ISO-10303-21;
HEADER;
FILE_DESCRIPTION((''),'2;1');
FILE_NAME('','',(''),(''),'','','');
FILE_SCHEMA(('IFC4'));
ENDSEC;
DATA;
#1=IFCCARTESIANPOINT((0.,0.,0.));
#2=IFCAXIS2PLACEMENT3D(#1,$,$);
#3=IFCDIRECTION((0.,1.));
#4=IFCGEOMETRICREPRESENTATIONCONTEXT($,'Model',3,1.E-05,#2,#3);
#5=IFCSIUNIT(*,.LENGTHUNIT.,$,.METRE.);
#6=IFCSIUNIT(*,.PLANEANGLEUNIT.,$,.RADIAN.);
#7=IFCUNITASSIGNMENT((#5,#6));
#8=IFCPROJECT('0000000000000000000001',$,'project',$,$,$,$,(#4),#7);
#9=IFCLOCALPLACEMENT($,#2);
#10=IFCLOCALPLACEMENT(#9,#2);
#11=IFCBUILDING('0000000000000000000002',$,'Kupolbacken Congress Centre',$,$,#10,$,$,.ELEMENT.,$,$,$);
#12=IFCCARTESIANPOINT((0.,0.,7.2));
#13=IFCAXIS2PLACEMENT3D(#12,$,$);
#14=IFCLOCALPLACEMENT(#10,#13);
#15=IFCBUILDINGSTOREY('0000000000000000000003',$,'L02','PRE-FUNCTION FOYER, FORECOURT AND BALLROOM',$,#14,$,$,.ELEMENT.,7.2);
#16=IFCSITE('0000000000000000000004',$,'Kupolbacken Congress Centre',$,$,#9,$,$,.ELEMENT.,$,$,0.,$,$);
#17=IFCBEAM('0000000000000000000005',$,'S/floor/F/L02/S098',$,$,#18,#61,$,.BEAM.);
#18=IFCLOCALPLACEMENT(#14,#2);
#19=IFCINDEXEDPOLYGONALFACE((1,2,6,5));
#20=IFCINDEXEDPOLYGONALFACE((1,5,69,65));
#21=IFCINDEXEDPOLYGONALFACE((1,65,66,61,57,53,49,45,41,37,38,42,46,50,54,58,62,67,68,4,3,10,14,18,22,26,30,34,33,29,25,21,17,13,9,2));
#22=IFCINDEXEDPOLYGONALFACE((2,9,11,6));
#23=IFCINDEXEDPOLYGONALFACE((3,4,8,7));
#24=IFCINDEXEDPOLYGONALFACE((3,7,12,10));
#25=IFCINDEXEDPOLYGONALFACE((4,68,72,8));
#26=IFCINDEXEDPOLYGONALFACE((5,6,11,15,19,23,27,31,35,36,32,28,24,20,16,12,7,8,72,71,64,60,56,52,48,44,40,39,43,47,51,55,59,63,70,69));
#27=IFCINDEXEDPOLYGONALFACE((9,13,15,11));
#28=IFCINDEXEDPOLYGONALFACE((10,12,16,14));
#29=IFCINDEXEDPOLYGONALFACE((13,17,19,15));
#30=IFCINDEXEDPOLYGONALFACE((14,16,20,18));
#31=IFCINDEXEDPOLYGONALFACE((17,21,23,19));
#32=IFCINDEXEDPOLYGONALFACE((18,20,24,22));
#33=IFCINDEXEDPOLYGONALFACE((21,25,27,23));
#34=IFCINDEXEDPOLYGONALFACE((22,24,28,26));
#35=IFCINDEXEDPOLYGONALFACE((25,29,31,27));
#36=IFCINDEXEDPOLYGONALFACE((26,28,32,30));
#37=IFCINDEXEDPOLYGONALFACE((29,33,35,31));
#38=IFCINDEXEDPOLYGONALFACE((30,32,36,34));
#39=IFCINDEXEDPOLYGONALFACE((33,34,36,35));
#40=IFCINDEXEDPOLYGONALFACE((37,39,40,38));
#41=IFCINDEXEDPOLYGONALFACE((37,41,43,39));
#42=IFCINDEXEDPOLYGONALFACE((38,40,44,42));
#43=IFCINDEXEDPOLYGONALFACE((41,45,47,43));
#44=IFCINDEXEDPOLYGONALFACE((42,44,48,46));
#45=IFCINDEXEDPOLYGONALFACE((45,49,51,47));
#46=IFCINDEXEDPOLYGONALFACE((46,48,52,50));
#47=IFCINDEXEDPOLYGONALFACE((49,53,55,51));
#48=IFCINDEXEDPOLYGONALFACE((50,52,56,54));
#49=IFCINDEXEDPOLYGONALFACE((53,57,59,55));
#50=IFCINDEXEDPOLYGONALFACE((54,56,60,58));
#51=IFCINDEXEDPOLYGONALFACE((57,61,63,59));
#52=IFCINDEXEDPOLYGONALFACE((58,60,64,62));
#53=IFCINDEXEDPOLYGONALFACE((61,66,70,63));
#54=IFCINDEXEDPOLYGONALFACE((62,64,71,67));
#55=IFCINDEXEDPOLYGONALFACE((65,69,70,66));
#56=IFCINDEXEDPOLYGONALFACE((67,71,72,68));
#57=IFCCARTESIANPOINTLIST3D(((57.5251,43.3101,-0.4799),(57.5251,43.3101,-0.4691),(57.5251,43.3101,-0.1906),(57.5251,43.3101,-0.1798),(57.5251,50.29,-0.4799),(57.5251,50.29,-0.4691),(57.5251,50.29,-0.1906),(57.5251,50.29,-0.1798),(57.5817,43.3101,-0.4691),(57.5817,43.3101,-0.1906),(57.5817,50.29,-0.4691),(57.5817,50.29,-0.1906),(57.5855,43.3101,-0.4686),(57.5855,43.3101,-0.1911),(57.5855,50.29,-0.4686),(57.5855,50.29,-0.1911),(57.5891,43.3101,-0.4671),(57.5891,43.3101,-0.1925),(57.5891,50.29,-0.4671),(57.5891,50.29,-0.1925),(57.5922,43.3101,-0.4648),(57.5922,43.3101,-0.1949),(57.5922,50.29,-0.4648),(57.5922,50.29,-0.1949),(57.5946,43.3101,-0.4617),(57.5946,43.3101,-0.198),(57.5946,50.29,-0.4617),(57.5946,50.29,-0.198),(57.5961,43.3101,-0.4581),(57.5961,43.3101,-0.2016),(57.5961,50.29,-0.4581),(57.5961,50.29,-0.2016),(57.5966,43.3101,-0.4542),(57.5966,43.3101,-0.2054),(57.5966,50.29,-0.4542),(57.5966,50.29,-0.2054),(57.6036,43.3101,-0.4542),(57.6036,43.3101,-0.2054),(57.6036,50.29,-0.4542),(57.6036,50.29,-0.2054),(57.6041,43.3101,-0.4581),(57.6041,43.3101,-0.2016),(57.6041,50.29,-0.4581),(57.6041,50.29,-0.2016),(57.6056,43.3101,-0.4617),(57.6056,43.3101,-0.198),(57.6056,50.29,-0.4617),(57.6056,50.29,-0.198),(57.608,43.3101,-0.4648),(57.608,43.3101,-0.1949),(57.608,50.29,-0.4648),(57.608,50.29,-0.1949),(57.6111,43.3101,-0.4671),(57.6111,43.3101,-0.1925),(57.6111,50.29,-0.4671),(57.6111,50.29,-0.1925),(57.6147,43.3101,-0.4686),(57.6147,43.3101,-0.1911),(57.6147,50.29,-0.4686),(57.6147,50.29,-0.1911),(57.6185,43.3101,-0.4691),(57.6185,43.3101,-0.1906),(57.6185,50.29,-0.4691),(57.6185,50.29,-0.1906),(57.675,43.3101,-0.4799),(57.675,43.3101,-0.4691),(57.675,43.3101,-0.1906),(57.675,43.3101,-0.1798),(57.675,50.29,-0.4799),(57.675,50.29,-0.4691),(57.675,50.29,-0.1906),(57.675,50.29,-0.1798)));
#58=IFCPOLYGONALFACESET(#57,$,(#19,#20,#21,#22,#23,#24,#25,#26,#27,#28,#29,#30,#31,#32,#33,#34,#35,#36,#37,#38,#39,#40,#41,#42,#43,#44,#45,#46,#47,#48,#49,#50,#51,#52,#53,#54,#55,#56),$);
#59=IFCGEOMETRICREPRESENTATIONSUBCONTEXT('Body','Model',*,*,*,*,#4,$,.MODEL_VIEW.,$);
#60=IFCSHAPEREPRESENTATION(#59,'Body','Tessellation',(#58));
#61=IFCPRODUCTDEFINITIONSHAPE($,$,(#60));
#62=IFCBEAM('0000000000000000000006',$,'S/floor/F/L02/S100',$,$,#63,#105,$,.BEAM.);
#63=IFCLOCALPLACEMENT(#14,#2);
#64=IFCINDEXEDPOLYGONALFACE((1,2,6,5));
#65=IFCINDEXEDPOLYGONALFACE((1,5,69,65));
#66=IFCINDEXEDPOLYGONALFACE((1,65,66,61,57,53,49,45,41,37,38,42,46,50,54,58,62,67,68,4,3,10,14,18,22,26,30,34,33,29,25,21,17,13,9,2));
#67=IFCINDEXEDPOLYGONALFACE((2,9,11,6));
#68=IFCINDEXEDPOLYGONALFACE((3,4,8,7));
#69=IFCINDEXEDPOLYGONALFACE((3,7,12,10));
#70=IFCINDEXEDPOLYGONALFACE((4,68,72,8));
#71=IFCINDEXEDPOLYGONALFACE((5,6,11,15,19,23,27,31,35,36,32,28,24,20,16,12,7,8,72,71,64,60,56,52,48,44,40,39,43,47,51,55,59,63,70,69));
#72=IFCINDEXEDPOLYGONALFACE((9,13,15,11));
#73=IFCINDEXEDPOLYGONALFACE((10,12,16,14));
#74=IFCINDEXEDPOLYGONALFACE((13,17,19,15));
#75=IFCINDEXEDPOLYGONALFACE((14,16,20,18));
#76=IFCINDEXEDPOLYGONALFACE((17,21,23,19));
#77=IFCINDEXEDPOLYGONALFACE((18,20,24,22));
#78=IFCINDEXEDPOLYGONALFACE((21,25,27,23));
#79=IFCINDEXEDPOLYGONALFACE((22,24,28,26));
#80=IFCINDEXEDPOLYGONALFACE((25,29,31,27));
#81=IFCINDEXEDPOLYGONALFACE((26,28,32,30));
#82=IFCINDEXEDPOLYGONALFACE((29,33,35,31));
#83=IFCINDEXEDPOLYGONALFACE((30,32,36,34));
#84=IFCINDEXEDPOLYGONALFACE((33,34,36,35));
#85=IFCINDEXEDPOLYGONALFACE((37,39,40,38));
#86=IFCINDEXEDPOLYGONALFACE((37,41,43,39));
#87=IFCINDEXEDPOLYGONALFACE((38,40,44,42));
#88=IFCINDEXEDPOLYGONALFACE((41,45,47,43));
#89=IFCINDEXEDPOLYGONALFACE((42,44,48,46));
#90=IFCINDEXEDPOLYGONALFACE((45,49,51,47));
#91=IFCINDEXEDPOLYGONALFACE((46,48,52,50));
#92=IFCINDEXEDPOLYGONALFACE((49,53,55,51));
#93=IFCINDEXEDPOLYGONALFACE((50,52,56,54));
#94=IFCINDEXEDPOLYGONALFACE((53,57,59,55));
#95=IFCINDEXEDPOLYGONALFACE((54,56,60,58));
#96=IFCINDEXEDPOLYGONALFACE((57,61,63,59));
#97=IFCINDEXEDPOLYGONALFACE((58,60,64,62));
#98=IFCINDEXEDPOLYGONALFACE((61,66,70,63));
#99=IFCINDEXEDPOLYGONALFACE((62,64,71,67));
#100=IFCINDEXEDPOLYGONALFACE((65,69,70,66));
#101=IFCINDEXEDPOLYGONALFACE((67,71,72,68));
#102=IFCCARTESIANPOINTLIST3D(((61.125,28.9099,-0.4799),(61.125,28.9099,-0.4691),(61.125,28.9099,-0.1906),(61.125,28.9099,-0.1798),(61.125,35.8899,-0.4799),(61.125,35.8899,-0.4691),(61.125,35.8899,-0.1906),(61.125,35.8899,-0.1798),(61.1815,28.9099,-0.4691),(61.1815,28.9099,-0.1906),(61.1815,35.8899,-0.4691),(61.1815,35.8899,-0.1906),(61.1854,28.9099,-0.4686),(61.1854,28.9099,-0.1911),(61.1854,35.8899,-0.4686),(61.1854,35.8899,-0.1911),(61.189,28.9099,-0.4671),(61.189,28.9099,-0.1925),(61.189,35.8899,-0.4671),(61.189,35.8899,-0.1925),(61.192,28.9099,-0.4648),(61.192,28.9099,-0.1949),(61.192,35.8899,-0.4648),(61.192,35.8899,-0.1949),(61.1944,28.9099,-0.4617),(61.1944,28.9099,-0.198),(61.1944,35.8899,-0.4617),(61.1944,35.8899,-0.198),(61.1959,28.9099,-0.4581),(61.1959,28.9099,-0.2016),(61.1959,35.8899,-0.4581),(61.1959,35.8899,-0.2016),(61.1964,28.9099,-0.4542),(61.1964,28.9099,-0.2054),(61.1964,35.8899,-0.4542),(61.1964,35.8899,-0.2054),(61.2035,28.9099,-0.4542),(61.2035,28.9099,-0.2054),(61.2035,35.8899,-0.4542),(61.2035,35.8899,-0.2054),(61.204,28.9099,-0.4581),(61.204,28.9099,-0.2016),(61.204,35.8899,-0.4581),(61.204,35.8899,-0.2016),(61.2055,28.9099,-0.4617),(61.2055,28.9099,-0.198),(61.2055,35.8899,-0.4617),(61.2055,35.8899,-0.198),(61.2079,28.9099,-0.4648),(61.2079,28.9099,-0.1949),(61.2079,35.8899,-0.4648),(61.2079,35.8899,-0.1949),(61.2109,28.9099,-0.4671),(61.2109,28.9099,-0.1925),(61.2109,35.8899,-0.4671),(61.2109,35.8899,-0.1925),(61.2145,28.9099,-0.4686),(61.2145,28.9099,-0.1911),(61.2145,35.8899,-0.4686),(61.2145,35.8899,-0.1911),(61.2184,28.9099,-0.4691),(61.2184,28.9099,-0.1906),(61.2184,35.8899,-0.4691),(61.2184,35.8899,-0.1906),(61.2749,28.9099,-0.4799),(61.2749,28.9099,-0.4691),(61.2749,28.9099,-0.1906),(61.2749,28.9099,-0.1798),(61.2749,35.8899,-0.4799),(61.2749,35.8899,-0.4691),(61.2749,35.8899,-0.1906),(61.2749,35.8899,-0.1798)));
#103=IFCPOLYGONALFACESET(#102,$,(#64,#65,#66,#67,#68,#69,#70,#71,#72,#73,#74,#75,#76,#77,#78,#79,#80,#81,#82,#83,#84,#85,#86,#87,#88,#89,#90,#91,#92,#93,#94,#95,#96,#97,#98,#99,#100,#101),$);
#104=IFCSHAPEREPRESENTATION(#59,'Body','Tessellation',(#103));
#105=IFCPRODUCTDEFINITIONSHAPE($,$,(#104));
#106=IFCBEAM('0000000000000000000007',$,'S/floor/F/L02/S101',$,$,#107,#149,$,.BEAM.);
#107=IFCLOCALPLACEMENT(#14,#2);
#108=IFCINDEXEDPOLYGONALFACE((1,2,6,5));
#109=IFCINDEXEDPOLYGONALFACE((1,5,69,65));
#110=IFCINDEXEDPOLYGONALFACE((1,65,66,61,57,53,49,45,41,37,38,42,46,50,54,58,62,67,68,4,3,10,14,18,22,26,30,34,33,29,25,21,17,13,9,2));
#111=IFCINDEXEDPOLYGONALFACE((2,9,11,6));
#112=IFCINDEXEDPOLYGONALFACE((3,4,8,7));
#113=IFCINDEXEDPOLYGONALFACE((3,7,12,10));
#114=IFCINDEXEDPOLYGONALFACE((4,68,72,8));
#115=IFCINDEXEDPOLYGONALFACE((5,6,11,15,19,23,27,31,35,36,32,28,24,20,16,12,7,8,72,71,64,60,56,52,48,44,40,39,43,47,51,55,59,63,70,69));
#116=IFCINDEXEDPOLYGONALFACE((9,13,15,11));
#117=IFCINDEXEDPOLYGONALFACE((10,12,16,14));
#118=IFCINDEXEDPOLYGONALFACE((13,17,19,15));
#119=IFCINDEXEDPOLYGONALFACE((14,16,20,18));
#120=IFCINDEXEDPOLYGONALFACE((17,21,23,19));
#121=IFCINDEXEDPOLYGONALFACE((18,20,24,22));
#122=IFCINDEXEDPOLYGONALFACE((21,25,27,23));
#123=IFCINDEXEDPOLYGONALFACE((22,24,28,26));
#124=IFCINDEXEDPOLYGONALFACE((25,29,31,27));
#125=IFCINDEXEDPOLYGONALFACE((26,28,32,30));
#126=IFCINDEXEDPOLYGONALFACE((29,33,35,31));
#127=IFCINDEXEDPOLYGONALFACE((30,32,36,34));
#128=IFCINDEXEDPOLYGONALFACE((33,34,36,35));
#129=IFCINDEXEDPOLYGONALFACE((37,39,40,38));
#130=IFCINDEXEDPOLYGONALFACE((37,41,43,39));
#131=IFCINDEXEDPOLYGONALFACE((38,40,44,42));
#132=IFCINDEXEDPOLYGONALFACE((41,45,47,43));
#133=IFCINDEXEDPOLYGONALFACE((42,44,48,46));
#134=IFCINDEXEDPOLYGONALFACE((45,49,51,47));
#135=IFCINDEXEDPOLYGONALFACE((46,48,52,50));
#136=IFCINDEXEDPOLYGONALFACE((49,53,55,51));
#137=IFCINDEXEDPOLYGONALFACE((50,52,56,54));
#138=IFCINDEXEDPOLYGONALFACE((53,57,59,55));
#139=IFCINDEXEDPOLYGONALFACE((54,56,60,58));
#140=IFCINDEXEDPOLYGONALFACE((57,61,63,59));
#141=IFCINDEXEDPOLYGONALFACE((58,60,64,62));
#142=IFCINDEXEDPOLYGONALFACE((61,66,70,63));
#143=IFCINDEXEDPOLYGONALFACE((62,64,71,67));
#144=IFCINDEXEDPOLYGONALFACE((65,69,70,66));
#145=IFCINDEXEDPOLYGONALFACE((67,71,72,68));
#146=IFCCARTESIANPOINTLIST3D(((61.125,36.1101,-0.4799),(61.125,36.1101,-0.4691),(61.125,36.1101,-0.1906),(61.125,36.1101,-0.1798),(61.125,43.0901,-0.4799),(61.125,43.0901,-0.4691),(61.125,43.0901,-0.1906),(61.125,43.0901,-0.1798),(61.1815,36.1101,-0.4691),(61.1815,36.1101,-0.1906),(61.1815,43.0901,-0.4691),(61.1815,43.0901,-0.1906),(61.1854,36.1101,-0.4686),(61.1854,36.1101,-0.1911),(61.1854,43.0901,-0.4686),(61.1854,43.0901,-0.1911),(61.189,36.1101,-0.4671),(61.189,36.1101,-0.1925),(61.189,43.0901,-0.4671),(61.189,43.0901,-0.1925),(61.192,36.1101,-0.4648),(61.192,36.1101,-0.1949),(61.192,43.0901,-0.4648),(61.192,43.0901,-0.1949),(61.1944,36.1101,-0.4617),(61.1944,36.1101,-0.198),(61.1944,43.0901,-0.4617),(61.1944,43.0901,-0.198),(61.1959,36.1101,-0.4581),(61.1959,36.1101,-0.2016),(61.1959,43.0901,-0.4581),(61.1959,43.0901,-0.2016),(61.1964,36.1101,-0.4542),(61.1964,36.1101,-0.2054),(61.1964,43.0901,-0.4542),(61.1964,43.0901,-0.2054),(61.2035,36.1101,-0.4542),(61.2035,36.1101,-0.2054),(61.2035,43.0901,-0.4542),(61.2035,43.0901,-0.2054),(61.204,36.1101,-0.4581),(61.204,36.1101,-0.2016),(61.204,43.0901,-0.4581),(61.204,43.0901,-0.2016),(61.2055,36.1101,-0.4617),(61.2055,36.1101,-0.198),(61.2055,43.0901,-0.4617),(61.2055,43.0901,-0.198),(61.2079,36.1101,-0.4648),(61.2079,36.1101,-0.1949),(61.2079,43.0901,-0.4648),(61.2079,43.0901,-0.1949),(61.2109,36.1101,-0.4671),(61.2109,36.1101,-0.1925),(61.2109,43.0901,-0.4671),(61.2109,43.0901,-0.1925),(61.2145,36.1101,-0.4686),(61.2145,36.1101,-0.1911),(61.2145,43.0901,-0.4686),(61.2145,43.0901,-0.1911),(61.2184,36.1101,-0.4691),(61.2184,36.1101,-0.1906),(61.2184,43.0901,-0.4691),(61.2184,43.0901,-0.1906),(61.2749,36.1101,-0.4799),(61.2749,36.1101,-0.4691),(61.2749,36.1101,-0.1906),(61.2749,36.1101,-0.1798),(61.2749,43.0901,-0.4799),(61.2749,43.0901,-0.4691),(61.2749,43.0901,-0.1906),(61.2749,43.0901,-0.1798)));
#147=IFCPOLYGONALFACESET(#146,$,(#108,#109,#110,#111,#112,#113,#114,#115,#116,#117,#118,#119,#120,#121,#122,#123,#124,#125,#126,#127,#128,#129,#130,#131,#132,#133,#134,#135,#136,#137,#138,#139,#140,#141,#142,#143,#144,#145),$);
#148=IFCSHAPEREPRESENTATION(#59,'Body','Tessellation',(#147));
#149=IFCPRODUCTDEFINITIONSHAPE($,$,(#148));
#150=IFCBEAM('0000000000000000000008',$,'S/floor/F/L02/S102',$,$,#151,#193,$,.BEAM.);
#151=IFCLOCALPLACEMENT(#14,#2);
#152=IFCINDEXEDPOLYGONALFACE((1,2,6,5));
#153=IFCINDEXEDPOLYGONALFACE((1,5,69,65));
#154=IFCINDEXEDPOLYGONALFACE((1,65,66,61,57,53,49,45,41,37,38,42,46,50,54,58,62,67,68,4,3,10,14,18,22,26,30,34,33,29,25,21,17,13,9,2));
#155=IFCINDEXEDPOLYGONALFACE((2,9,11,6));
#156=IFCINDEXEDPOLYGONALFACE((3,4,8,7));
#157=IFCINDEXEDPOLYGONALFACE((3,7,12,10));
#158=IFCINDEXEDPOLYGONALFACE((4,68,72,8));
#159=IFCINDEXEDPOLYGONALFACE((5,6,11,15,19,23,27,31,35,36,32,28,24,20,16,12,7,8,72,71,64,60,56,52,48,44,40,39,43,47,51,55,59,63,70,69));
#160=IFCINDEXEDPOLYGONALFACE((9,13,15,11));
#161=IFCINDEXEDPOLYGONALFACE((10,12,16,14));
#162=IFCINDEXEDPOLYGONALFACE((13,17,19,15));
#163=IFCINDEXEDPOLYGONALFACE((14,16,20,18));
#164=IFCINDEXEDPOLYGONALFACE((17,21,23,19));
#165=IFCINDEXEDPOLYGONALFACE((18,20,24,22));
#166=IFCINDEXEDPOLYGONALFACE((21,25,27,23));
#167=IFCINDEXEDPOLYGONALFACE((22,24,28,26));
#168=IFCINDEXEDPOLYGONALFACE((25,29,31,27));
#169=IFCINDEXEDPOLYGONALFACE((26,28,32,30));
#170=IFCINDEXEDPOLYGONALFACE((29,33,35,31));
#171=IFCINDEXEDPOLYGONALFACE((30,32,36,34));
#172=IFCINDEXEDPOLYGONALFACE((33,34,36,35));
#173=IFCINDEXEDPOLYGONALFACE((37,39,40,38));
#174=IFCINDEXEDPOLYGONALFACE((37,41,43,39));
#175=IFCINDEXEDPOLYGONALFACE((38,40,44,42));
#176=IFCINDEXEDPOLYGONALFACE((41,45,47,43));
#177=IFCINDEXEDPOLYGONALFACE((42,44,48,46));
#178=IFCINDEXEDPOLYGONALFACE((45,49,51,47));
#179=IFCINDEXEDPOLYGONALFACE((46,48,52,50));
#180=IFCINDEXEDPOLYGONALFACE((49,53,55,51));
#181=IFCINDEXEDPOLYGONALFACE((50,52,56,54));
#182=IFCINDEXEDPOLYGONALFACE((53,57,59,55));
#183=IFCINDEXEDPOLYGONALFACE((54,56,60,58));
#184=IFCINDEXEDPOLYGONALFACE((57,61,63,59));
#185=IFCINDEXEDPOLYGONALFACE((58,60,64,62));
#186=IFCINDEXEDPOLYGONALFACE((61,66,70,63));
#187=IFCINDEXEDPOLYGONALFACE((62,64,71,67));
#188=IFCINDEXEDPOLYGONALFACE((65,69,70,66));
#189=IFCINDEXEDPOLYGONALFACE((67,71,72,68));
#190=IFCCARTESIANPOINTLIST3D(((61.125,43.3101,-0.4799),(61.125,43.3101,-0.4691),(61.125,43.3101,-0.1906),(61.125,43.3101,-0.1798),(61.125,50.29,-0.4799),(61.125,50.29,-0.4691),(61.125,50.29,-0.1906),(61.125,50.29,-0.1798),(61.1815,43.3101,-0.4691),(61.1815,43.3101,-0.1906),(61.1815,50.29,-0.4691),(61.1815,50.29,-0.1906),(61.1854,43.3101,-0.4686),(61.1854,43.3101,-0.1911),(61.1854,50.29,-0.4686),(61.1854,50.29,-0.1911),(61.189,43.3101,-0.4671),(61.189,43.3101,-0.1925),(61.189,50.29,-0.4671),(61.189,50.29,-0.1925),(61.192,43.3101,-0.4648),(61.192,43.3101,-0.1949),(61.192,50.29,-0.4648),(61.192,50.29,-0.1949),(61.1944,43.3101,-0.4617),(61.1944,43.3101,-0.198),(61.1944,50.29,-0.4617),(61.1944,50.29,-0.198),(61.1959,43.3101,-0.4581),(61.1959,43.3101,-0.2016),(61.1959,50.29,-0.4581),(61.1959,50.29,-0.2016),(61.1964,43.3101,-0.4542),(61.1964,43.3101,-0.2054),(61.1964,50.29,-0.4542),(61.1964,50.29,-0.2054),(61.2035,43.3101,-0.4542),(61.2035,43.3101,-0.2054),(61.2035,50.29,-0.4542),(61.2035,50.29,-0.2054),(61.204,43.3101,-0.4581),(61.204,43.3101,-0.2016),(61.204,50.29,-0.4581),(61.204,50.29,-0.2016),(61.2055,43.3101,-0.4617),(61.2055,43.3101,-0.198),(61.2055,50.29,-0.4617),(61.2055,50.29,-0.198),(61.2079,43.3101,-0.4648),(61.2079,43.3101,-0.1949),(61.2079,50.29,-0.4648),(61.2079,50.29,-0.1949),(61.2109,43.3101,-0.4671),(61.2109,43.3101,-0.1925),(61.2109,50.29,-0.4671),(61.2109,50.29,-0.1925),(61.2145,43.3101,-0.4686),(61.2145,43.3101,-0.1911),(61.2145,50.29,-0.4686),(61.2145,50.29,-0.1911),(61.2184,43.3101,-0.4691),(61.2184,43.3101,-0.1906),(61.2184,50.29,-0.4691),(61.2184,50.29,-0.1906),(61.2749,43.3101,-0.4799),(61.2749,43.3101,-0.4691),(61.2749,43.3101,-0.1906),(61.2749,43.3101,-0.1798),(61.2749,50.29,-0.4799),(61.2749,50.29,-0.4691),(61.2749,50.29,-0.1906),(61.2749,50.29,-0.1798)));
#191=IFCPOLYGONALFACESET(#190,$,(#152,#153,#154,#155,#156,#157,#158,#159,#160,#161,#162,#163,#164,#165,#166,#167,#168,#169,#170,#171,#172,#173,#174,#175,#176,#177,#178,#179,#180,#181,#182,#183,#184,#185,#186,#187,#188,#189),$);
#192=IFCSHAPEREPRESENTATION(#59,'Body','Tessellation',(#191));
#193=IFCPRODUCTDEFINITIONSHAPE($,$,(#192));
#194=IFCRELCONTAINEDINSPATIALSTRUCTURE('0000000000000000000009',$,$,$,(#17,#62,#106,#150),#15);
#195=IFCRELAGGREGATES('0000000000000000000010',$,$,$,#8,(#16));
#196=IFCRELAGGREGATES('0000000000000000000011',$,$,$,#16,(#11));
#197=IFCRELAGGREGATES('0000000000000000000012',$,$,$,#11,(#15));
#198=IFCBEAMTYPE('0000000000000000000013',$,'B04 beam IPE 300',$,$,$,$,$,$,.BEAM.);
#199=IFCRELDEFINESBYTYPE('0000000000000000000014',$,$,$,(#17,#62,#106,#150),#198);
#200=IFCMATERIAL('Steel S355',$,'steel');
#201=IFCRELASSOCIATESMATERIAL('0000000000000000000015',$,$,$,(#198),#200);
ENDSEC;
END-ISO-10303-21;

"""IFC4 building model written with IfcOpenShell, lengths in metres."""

from ifc_helpers import new_model, si_unit, direction, frame, origin, origin_2d, place, context, subcontext, project, spatial, i_section, extrude, material, material_profile, profile_set, type_object, element, save


model = new_model("IFC4")

# Units and contexts
model_context = context("Model", 3, precision=1e-05, world=origin(), true_north=direction((0.0, 1.0)))
body_context = subcontext(model_context, "Body", "Model", "MODEL_VIEW")
ifc_project = project(units=[si_unit("LENGTHUNIT", "METRE"), si_unit("PLANEANGLEUNIT", "RADIAN")], contexts=[model_context])

# Site, building, storey
site_placement = place(None, origin())
site = spatial("IfcSite", under=ifc_project, at=site_placement, Name="Kupolbacken Congress Centre", CompositionType="ELEMENT", RefElevation=0.0)
building_placement = place(site_placement, origin())
building = spatial("IfcBuilding", under=site, at=building_placement, Name="Kupolbacken Congress Centre", CompositionType="ELEMENT")
storey_placement = place(building_placement, frame((0.0, 0.0, 7.2)))
storey = spatial("IfcBuildingStorey", under=building, at=storey_placement, Name="L02", Description="PRE-FUNCTION FOYER, FORECOURT AND BALLROOM", CompositionType="ELEMENT", Elevation=7.2)

# Beams
ifc_material_1 = material(Name="Steel S355", Category="steel")
ifc_material_profile_1 = material_profile(ifc_material_1, i_section(OverallWidth=0.1499, OverallDepth=0.3, WebThickness=0.0071, FlangeThickness=0.0107, FilletRadius=0.0149, at=origin_2d()), Name="IPE 300")
ifc_profile_set_1 = profile_set([ifc_material_profile_1], Name="Steel S355")
beam_type_1 = type_object("IfcBeamType", Name="B04 beam IPE 300", PredefinedType="BEAM", material=ifc_profile_set_1)
for number, where, z_axis, x_axis, name in (
    (1, (57.6001, 43.3101, -0.3298), (0.0, 1.0, 0.0), (-1.0, 0.0, 0.0), "S/floor/F/L02/S098"),
    (2, (61.2, 28.9099, -0.3298), (0.0, 1.0, 0.0), (-1.0, 0.0, 0.0), "S/floor/F/L02/S100"),
    (3, (61.2, 36.1101, -0.3298), (0.0, 1.0, 0.0), (-1.0, 0.0, 0.0), "S/floor/F/L02/S101"),
    (4, (61.2, 43.3101, -0.3298), (0.0, 1.0, 0.0), (-1.0, 0.0, 0.0), "S/floor/F/L02/S102"),
):
    element("IfcBeam", number, at=place(storey_placement, frame(where, z_axis=z_axis, x_axis=x_axis)), inside=storey, type_object=beam_type_1, Name=name, PredefinedType="BEAM", context=body_context, shape_type="SweptSolid", body=[
        extrude(i_section(OverallWidth=0.1499, OverallDepth=0.3, WebThickness=0.0071, FlangeThickness=0.0107, FilletRadius=0.0149, at=origin_2d()), origin(), (0.0, 0.0, 1.0), 6.98),
    ])

save(model, "model.ifc")
